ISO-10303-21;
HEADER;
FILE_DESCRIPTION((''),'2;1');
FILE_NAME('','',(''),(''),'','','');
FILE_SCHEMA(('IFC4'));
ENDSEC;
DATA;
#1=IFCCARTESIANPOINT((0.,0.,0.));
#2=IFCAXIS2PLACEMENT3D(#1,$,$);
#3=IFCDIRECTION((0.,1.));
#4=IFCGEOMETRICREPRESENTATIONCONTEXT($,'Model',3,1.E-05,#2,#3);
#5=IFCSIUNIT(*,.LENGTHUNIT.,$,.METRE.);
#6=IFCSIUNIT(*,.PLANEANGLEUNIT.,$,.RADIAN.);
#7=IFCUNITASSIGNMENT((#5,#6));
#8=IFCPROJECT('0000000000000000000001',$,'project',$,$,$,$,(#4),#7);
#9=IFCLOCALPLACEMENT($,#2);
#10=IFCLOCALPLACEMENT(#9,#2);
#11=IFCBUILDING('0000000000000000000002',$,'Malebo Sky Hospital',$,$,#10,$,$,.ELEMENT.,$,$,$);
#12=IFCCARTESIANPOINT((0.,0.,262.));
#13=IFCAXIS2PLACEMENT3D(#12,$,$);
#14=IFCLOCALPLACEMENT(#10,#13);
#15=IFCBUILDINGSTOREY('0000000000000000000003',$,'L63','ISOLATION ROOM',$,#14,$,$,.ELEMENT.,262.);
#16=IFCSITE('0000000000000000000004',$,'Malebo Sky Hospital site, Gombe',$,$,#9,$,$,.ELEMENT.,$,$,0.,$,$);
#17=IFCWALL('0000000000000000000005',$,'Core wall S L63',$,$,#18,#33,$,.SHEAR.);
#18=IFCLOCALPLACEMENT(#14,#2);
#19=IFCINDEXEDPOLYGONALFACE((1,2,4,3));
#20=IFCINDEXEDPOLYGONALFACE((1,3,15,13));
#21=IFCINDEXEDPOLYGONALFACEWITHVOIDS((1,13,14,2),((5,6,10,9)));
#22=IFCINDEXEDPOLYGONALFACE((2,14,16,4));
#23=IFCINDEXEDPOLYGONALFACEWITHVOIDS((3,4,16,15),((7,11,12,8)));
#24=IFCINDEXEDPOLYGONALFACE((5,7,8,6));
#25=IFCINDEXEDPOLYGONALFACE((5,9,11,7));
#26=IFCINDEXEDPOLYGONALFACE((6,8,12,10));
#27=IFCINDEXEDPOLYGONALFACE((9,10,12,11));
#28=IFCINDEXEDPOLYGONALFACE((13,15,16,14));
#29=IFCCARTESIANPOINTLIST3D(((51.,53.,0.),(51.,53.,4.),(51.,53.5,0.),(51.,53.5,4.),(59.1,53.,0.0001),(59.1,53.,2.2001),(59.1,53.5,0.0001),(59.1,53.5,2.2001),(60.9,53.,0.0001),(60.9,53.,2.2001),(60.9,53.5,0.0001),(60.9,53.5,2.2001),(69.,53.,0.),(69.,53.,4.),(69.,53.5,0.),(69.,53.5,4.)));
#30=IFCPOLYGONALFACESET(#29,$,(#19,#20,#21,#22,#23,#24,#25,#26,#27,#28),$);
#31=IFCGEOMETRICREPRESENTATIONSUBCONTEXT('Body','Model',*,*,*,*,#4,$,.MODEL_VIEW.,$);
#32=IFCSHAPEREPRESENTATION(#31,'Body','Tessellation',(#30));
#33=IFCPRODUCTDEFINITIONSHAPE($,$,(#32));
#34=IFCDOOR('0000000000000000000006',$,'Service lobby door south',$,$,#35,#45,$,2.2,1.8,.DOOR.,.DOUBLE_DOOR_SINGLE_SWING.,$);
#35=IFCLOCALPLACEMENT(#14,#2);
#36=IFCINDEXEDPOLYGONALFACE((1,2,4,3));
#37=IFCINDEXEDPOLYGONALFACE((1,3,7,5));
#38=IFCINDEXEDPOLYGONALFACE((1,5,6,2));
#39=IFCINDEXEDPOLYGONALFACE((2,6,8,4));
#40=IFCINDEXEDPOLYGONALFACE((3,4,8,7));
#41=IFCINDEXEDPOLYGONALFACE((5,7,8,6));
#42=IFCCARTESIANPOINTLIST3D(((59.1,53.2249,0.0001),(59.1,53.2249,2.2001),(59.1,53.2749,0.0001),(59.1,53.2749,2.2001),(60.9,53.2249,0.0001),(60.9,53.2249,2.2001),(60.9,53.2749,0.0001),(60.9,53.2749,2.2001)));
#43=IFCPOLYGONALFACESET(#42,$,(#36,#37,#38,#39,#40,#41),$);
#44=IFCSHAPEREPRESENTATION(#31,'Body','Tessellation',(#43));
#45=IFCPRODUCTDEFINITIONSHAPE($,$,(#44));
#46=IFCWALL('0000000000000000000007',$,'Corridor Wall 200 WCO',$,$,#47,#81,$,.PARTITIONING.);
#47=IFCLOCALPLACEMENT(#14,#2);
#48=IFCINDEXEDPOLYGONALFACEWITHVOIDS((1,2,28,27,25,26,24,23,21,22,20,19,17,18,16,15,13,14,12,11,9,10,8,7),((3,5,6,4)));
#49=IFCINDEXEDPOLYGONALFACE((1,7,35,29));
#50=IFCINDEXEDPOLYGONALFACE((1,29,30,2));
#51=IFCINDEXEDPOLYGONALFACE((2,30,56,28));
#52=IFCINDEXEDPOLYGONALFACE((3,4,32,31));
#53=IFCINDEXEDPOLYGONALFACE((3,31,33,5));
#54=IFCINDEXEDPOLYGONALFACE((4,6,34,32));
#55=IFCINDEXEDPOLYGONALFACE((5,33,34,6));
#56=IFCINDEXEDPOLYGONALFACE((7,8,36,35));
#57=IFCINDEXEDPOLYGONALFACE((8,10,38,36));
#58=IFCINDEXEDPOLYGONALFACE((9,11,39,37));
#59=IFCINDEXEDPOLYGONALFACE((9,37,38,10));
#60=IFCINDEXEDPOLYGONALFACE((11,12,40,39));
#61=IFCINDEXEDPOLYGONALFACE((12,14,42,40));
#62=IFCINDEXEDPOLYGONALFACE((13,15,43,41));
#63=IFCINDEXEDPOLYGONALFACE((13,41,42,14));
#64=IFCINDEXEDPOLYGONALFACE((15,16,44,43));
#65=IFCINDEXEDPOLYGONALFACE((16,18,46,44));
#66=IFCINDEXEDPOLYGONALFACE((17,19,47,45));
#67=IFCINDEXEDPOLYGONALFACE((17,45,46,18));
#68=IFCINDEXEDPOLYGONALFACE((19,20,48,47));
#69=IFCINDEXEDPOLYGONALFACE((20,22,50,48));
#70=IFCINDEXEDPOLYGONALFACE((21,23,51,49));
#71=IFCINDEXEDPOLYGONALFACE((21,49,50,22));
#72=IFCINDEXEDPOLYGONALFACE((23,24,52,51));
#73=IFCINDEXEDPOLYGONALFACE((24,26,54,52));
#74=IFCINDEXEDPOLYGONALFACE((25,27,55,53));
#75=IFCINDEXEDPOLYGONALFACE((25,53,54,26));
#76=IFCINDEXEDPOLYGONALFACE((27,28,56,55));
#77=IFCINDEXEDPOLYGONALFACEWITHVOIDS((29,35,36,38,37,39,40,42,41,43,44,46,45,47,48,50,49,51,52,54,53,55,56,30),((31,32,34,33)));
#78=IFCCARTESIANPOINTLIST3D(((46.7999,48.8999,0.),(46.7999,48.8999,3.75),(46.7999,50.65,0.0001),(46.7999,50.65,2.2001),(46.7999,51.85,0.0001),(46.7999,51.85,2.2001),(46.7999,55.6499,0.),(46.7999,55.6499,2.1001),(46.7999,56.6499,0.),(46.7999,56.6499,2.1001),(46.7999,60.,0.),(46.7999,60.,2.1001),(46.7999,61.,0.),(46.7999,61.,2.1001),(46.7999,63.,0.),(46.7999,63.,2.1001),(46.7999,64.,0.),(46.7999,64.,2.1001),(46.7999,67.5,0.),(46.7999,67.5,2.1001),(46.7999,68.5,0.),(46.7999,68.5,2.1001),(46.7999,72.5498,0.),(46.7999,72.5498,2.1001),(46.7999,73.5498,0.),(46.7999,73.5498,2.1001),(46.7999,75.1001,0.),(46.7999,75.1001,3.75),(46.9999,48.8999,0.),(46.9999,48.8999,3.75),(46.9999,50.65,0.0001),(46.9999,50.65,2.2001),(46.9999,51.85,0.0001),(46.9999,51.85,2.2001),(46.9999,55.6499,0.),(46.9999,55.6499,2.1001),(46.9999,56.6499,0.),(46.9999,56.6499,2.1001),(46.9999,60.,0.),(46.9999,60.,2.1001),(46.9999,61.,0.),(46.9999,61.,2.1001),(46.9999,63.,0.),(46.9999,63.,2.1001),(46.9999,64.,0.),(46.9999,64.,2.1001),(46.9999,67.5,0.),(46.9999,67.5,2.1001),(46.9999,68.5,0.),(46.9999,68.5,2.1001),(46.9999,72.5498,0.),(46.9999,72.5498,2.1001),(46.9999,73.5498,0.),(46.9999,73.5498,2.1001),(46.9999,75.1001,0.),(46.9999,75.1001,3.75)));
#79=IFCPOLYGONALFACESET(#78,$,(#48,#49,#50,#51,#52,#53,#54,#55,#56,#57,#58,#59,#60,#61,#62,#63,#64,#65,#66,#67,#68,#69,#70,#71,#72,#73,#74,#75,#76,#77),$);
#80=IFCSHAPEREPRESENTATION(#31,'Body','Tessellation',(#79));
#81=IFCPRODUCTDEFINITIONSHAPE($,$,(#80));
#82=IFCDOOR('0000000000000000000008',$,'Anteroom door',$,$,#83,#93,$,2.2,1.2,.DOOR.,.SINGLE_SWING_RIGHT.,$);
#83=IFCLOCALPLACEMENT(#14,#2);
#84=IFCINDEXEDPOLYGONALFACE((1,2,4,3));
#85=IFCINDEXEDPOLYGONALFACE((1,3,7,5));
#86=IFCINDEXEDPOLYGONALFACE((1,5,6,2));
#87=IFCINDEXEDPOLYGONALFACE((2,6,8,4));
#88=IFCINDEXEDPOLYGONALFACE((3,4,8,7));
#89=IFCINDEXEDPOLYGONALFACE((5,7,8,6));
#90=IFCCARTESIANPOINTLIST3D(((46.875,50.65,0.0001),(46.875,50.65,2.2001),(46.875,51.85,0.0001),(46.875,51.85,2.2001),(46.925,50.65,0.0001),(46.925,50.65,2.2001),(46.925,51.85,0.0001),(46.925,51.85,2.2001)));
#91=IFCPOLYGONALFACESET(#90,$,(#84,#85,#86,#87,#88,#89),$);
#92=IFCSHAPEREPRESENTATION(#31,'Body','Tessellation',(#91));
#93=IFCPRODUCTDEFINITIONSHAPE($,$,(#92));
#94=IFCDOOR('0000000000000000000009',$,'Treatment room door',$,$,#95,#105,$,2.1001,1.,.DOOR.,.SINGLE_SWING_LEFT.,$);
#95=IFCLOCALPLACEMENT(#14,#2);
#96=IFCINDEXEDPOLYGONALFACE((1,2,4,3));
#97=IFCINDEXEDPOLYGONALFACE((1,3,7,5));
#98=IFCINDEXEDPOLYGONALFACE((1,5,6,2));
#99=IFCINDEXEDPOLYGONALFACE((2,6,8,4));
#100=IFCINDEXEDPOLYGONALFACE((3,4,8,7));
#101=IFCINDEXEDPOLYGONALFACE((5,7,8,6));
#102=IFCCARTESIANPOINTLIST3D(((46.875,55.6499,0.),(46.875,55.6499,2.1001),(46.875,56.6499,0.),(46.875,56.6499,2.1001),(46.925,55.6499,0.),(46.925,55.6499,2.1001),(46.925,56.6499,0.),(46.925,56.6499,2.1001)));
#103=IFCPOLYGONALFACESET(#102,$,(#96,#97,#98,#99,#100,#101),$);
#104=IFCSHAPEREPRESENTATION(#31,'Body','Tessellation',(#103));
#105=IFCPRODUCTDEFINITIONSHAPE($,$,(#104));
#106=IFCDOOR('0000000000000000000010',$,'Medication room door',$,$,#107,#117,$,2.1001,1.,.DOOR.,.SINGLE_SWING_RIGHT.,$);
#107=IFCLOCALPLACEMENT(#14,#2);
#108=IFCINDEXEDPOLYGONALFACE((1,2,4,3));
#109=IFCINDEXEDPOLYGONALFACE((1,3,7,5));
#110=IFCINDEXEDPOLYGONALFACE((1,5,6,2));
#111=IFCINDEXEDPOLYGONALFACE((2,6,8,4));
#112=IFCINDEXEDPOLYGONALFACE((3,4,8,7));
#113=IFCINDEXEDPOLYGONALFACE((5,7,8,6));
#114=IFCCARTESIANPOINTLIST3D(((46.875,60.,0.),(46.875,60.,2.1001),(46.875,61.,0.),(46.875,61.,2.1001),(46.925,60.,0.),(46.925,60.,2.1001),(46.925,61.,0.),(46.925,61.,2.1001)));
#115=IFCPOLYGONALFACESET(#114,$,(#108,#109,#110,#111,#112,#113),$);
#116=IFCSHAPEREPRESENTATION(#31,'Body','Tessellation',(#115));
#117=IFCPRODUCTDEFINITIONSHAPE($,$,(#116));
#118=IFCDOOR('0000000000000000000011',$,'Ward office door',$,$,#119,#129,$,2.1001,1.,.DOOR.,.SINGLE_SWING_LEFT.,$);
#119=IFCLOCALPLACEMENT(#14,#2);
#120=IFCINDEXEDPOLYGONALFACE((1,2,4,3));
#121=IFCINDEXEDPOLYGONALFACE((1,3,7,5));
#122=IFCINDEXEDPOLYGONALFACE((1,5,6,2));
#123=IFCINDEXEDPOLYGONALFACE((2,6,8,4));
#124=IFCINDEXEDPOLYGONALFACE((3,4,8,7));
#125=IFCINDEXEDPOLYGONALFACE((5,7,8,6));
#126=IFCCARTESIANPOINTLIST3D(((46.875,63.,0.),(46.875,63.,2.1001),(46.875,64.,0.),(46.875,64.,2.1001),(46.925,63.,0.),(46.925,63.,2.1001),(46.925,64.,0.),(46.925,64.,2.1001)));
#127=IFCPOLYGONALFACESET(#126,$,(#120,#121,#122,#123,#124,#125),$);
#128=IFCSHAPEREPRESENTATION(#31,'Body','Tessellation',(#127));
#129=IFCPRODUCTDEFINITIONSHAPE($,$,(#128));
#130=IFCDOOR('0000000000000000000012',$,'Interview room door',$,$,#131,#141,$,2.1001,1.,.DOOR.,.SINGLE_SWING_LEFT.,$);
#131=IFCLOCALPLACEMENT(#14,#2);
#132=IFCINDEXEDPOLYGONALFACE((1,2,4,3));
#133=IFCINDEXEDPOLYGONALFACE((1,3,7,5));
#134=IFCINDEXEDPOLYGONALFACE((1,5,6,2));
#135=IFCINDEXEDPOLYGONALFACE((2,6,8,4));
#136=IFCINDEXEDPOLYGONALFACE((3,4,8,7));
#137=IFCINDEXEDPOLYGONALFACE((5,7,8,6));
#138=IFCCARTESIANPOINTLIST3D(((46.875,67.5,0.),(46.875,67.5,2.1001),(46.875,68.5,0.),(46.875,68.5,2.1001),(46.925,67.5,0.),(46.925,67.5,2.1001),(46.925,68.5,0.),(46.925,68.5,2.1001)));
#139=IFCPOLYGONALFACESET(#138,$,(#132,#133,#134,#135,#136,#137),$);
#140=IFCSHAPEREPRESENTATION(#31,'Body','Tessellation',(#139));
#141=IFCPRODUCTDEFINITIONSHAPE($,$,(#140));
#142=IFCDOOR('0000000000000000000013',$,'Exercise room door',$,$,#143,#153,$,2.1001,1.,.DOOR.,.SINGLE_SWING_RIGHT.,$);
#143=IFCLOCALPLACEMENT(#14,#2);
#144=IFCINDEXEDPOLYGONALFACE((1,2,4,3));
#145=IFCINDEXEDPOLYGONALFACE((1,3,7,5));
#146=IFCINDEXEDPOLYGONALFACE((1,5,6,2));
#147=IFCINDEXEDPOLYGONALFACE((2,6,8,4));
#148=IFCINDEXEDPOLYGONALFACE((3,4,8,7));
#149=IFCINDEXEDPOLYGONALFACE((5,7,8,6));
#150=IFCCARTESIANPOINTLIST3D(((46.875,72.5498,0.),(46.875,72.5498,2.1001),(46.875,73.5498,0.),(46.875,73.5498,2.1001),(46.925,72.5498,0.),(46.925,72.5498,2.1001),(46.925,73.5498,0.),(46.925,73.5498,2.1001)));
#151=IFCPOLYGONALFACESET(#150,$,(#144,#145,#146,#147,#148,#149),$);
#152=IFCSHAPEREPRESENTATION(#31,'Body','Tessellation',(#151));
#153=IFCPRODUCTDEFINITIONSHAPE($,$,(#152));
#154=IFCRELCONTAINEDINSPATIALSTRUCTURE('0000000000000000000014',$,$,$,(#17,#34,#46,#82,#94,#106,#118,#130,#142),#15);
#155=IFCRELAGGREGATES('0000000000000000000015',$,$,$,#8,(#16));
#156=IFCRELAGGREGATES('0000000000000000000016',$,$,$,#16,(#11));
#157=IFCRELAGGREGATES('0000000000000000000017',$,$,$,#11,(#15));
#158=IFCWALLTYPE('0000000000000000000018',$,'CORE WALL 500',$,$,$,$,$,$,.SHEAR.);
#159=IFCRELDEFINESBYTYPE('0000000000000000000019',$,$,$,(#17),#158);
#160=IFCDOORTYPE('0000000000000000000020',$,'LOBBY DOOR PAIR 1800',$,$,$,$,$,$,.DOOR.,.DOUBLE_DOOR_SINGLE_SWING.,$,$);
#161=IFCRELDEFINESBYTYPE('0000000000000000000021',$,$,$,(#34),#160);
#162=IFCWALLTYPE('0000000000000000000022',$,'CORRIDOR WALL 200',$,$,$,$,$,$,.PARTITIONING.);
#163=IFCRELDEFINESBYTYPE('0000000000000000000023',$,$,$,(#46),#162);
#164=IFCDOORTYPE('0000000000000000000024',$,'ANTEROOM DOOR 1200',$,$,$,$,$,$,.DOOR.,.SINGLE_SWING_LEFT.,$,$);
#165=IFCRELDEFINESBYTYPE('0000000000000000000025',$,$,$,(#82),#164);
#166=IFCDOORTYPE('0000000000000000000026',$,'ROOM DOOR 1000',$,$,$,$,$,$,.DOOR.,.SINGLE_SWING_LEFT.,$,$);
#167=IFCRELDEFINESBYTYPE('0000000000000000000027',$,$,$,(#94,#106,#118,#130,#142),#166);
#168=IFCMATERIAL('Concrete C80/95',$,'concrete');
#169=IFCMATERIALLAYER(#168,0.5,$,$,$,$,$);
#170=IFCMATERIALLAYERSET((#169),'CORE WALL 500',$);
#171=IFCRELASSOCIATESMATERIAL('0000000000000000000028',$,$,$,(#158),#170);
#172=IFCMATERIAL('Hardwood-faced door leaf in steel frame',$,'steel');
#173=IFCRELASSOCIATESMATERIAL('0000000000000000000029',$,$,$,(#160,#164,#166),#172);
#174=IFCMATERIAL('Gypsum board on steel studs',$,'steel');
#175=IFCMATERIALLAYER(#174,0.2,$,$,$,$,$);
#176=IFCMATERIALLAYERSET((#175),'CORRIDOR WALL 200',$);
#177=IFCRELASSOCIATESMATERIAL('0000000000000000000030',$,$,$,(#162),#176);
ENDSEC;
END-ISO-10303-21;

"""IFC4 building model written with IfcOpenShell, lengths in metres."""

from ifc_helpers import new_model, si_unit, direction, frame, frame_2d, origin, place, context, subcontext, project, spatial, rectangle, extrude, material, layer, layer_set, type_object, element, fill, save


model = new_model("IFC4")

# Units and contexts
model_context = context("Model", 3, precision=1e-05, world=origin(), true_north=direction((0.0, 1.0)))
body_context = subcontext(model_context, "Body", "Model", "MODEL_VIEW")
ifc_project = project(units=[si_unit("LENGTHUNIT", "METRE"), si_unit("PLANEANGLEUNIT", "RADIAN")], contexts=[model_context])

# Site, building, storey
site_placement = place(None, origin())
site = spatial("IfcSite", under=ifc_project, at=site_placement, Name="Malebo Sky Hospital site, Gombe", CompositionType="ELEMENT", RefElevation=0.0)
building_placement = place(site_placement, origin())
building = spatial("IfcBuilding", under=site, at=building_placement, Name="Malebo Sky Hospital", CompositionType="ELEMENT")
storey_placement = place(building_placement, frame((0.0, 0.0, 262.0)))
storey = spatial("IfcBuildingStorey", under=building, at=storey_placement, Name="L63", Description="ISOLATION ROOM", CompositionType="ELEMENT", Elevation=262.0)

# Wall, opening, door
ifc_material_1 = material(Name="Concrete C80/95", Category="concrete")
ifc_layer_1 = layer(ifc_material_1, 0.5)
ifc_layer_set_1 = layer_set([ifc_layer_1], Name="CORE WALL 500")
wall_type_1 = type_object("IfcWallType", Name="CORE WALL 500", PredefinedType="SHEAR", material=ifc_layer_set_1)
wall_1_placement = place(storey_placement, frame((51.0, 53.25, 0.0), z_axis=(0.0, 0.0, 1.0), x_axis=(1.0, 0.0, 0.0)))
wall_1 = element("IfcWall", 1, at=wall_1_placement, inside=storey, type_object=wall_type_1, Name="Core wall S L63", PredefinedType="SHEAR", context=body_context, shape_type="SweptSolid", body=[
    extrude(rectangle(XDim=18.0, YDim=0.5, at=frame_2d((9.0, 0.0))), origin(), (0.0, 0.0, 1.0), 4.0),
])
opening_1_placement = place(wall_1_placement, frame((8.1001, 0.0, 0.0)))
opening_1 = element("IfcOpeningElement", 2, at=opening_1_placement, cuts=wall_1, PredefinedType="OPENING", context=body_context, shape_type="SweptSolid", body=[
    extrude(rectangle(XDim=1.8, YDim=2.2, at=frame_2d((0.8999, 1.1001))), frame((0.0, 0.26, 0.0), z_axis=(0.0, -1.0, 0.0), x_axis=(1.0, 0.0, 0.0)), (0.0, 0.0, 1.0), 0.52),
])
ifc_material_2 = material(Name="Hardwood-faced door leaf in steel frame", Category="steel")
door_type_1 = type_object("IfcDoorType", Name="LOBBY DOOR PAIR 1800", OperationType="DOUBLE_DOOR_SINGLE_SWING", PredefinedType="DOOR", material=ifc_material_2)
door_1_placement = place(opening_1_placement, origin())
door_1 = element("IfcDoor", 3, at=door_1_placement, inside=storey, type_object=door_type_1, Name="Service lobby door south", OperationType="DOUBLE_DOOR_SINGLE_SWING", OverallHeight=2.2, OverallWidth=1.8, PredefinedType="DOOR", context=body_context, shape_type="SweptSolid", body=[
    extrude(rectangle(XDim=1.8, YDim=2.2, at=frame_2d((0.8999, 1.1001))), frame((0.0, 0.0249, 0.0), z_axis=(0.0, -1.0, 0.0), x_axis=(1.0, 0.0, 0.0)), (0.0, 0.0, 1.0), 0.05),
])
fill(opening_1, door_1)

# Wall, openings, doors
ifc_material_3 = material(Name="Gypsum board on steel studs", Category="steel")
ifc_layer_2 = layer(ifc_material_3, 0.2)
ifc_layer_set_2 = layer_set([ifc_layer_2], Name="CORRIDOR WALL 200")
wall_type_2 = type_object("IfcWallType", Name="CORRIDOR WALL 200", PredefinedType="PARTITIONING", material=ifc_layer_set_2)
wall_2_placement = place(storey_placement, frame((46.8999, 48.8999, 0.0), z_axis=(0.0, 0.0, 1.0), x_axis=(0.0, 1.0, 0.0)))
wall_2 = element("IfcWall", 4, at=wall_2_placement, inside=storey, type_object=wall_type_2, Name="Corridor Wall 200 WCO", PredefinedType="PARTITIONING", context=body_context, shape_type="SweptSolid", body=[
    extrude(rectangle(XDim=26.2002, YDim=0.2, at=frame_2d((13.1001, 0.0))), origin(), (0.0, 0.0, 1.0), 3.75),
])
opening_2_placement = place(wall_2_placement, frame((1.75, 0.0, 0.0)))
opening_2 = element("IfcOpeningElement", 5, at=opening_2_placement, cuts=wall_2, PredefinedType="OPENING", context=body_context, shape_type="SweptSolid", body=[
    extrude(rectangle(XDim=1.2, YDim=2.2, at=frame_2d((0.6001, 1.1001))), frame((0.0, 0.1099, 0.0), z_axis=(0.0, -1.0, 0.0), x_axis=(1.0, 0.0, 0.0)), (0.0, 0.0, 1.0), 0.22),
])
opening_3_placement = place(wall_2_placement, frame((6.75, 0.0, 0.0)))
opening_3 = element("IfcOpeningElement", 6, at=opening_3_placement, cuts=wall_2, PredefinedType="OPENING", context=body_context, shape_type="SweptSolid", body=[
    extrude(rectangle(XDim=1.0, YDim=2.1001, at=frame_2d((0.5, 1.05))), frame((0.0, 0.1099, 0.0), z_axis=(0.0, -1.0, 0.0), x_axis=(1.0, 0.0, 0.0)), (0.0, 0.0, 1.0), 0.22),
])
opening_4_placement = place(wall_2_placement, frame((11.1001, 0.0, 0.0)))
opening_4 = element("IfcOpeningElement", 7, at=opening_4_placement, cuts=wall_2, PredefinedType="OPENING", context=body_context, shape_type="SweptSolid", body=[
    extrude(rectangle(XDim=1.0, YDim=2.1001, at=frame_2d((0.5, 1.05))), frame((0.0, 0.1099, 0.0), z_axis=(0.0, -1.0, 0.0), x_axis=(1.0, 0.0, 0.0)), (0.0, 0.0, 1.0), 0.22),
])
opening_5_placement = place(wall_2_placement, frame((14.1001, 0.0, 0.0)))
opening_5 = element("IfcOpeningElement", 8, at=opening_5_placement, cuts=wall_2, PredefinedType="OPENING", context=body_context, shape_type="SweptSolid", body=[
    extrude(rectangle(XDim=1.0, YDim=2.1001, at=frame_2d((0.5, 1.05))), frame((0.0, 0.1099, 0.0), z_axis=(0.0, -1.0, 0.0), x_axis=(1.0, 0.0, 0.0)), (0.0, 0.0, 1.0), 0.22),
])
opening_6_placement = place(wall_2_placement, frame((18.6001, 0.0, 0.0)))
opening_6 = element("IfcOpeningElement", 9, at=opening_6_placement, cuts=wall_2, PredefinedType="OPENING", context=body_context, shape_type="SweptSolid", body=[
    extrude(rectangle(XDim=1.0, YDim=2.1001, at=frame_2d((0.5, 1.05))), frame((0.0, 0.1099, 0.0), z_axis=(0.0, -1.0, 0.0), x_axis=(1.0, 0.0, 0.0)), (0.0, 0.0, 1.0), 0.22),
])
opening_7_placement = place(wall_2_placement, frame((23.6499, 0.0, 0.0)))
opening_7 = element("IfcOpeningElement", 10, at=opening_7_placement, cuts=wall_2, PredefinedType="OPENING", context=body_context, shape_type="SweptSolid", body=[
    extrude(rectangle(XDim=1.0, YDim=2.1001, at=frame_2d((0.5, 1.05))), frame((0.0, 0.1099, 0.0), z_axis=(0.0, -1.0, 0.0), x_axis=(1.0, 0.0, 0.0)), (0.0, 0.0, 1.0), 0.22),
])
door_type_2 = type_object("IfcDoorType", Name="ANTEROOM DOOR 1200", OperationType="SINGLE_SWING_LEFT", PredefinedType="DOOR", material=ifc_material_2)
door_2_placement = place(opening_2_placement, origin())
door_2 = element("IfcDoor", 11, at=door_2_placement, inside=storey, type_object=door_type_2, Name="Anteroom door", OperationType="SINGLE_SWING_RIGHT", OverallHeight=2.2, OverallWidth=1.2, PredefinedType="DOOR", context=body_context, shape_type="SweptSolid", body=[
    extrude(rectangle(XDim=1.2, YDim=2.2, at=frame_2d((0.6001, 1.1001))), frame((0.0, 0.0249, 0.0), z_axis=(0.0, -1.0, 0.0), x_axis=(1.0, 0.0, 0.0)), (0.0, 0.0, 1.0), 0.05),
])
fill(opening_2, door_2)
door_type_3 = type_object("IfcDoorType", Name="ROOM DOOR 1000", OperationType="SINGLE_SWING_LEFT", PredefinedType="DOOR", material=ifc_material_2)
door_3_placement = place(opening_3_placement, origin())
door_3 = element("IfcDoor", 12, at=door_3_placement, inside=storey, type_object=door_type_3, Name="Treatment room door", OperationType="SINGLE_SWING_LEFT", OverallHeight=2.1001, OverallWidth=1.0, PredefinedType="DOOR", context=body_context, shape_type="SweptSolid", body=[
    extrude(rectangle(XDim=1.0, YDim=2.1001, at=frame_2d((0.5, 1.05))), frame((0.0, 0.0249, 0.0), z_axis=(0.0, -1.0, 0.0), x_axis=(1.0, 0.0, 0.0)), (0.0, 0.0, 1.0), 0.05),
])
fill(opening_3, door_3)
door_4_placement = place(opening_4_placement, origin())
door_4 = element("IfcDoor", 13, at=door_4_placement, inside=storey, type_object=door_type_3, Name="Medication room door", OperationType="SINGLE_SWING_RIGHT", OverallHeight=2.1001, OverallWidth=1.0, PredefinedType="DOOR", context=body_context, shape_type="SweptSolid", body=[
    extrude(rectangle(XDim=1.0, YDim=2.1001, at=frame_2d((0.5, 1.05))), frame((0.0, 0.0249, 0.0), z_axis=(0.0, -1.0, 0.0), x_axis=(1.0, 0.0, 0.0)), (0.0, 0.0, 1.0), 0.05),
])
fill(opening_4, door_4)
door_5_placement = place(opening_5_placement, origin())
door_5 = element("IfcDoor", 14, at=door_5_placement, inside=storey, type_object=door_type_3, Name="Ward office door", OperationType="SINGLE_SWING_LEFT", OverallHeight=2.1001, OverallWidth=1.0, PredefinedType="DOOR", context=body_context, shape_type="SweptSolid", body=[
    extrude(rectangle(XDim=1.0, YDim=2.1001, at=frame_2d((0.5, 1.05))), frame((0.0, 0.0249, 0.0), z_axis=(0.0, -1.0, 0.0), x_axis=(1.0, 0.0, 0.0)), (0.0, 0.0, 1.0), 0.05),
])
fill(opening_5, door_5)
door_6_placement = place(opening_6_placement, origin())
door_6 = element("IfcDoor", 15, at=door_6_placement, inside=storey, type_object=door_type_3, Name="Interview room door", OperationType="SINGLE_SWING_LEFT", OverallHeight=2.1001, OverallWidth=1.0, PredefinedType="DOOR", context=body_context, shape_type="SweptSolid", body=[
    extrude(rectangle(XDim=1.0, YDim=2.1001, at=frame_2d((0.5, 1.05))), frame((0.0, 0.0249, 0.0), z_axis=(0.0, -1.0, 0.0), x_axis=(1.0, 0.0, 0.0)), (0.0, 0.0, 1.0), 0.05),
])
fill(opening_6, door_6)
door_7_placement = place(opening_7_placement, origin())
door_7 = element("IfcDoor", 16, at=door_7_placement, inside=storey, type_object=door_type_3, Name="Exercise room door", OperationType="SINGLE_SWING_RIGHT", OverallHeight=2.1001, OverallWidth=1.0, PredefinedType="DOOR", context=body_context, shape_type="SweptSolid", body=[
    extrude(rectangle(XDim=1.0, YDim=2.1001, at=frame_2d((0.5, 1.05))), frame((0.0, 0.0249, 0.0), z_axis=(0.0, -1.0, 0.0), x_axis=(1.0, 0.0, 0.0)), (0.0, 0.0, 1.0), 0.05),
])
fill(opening_7, door_7)

save(model, "model.ifc")
